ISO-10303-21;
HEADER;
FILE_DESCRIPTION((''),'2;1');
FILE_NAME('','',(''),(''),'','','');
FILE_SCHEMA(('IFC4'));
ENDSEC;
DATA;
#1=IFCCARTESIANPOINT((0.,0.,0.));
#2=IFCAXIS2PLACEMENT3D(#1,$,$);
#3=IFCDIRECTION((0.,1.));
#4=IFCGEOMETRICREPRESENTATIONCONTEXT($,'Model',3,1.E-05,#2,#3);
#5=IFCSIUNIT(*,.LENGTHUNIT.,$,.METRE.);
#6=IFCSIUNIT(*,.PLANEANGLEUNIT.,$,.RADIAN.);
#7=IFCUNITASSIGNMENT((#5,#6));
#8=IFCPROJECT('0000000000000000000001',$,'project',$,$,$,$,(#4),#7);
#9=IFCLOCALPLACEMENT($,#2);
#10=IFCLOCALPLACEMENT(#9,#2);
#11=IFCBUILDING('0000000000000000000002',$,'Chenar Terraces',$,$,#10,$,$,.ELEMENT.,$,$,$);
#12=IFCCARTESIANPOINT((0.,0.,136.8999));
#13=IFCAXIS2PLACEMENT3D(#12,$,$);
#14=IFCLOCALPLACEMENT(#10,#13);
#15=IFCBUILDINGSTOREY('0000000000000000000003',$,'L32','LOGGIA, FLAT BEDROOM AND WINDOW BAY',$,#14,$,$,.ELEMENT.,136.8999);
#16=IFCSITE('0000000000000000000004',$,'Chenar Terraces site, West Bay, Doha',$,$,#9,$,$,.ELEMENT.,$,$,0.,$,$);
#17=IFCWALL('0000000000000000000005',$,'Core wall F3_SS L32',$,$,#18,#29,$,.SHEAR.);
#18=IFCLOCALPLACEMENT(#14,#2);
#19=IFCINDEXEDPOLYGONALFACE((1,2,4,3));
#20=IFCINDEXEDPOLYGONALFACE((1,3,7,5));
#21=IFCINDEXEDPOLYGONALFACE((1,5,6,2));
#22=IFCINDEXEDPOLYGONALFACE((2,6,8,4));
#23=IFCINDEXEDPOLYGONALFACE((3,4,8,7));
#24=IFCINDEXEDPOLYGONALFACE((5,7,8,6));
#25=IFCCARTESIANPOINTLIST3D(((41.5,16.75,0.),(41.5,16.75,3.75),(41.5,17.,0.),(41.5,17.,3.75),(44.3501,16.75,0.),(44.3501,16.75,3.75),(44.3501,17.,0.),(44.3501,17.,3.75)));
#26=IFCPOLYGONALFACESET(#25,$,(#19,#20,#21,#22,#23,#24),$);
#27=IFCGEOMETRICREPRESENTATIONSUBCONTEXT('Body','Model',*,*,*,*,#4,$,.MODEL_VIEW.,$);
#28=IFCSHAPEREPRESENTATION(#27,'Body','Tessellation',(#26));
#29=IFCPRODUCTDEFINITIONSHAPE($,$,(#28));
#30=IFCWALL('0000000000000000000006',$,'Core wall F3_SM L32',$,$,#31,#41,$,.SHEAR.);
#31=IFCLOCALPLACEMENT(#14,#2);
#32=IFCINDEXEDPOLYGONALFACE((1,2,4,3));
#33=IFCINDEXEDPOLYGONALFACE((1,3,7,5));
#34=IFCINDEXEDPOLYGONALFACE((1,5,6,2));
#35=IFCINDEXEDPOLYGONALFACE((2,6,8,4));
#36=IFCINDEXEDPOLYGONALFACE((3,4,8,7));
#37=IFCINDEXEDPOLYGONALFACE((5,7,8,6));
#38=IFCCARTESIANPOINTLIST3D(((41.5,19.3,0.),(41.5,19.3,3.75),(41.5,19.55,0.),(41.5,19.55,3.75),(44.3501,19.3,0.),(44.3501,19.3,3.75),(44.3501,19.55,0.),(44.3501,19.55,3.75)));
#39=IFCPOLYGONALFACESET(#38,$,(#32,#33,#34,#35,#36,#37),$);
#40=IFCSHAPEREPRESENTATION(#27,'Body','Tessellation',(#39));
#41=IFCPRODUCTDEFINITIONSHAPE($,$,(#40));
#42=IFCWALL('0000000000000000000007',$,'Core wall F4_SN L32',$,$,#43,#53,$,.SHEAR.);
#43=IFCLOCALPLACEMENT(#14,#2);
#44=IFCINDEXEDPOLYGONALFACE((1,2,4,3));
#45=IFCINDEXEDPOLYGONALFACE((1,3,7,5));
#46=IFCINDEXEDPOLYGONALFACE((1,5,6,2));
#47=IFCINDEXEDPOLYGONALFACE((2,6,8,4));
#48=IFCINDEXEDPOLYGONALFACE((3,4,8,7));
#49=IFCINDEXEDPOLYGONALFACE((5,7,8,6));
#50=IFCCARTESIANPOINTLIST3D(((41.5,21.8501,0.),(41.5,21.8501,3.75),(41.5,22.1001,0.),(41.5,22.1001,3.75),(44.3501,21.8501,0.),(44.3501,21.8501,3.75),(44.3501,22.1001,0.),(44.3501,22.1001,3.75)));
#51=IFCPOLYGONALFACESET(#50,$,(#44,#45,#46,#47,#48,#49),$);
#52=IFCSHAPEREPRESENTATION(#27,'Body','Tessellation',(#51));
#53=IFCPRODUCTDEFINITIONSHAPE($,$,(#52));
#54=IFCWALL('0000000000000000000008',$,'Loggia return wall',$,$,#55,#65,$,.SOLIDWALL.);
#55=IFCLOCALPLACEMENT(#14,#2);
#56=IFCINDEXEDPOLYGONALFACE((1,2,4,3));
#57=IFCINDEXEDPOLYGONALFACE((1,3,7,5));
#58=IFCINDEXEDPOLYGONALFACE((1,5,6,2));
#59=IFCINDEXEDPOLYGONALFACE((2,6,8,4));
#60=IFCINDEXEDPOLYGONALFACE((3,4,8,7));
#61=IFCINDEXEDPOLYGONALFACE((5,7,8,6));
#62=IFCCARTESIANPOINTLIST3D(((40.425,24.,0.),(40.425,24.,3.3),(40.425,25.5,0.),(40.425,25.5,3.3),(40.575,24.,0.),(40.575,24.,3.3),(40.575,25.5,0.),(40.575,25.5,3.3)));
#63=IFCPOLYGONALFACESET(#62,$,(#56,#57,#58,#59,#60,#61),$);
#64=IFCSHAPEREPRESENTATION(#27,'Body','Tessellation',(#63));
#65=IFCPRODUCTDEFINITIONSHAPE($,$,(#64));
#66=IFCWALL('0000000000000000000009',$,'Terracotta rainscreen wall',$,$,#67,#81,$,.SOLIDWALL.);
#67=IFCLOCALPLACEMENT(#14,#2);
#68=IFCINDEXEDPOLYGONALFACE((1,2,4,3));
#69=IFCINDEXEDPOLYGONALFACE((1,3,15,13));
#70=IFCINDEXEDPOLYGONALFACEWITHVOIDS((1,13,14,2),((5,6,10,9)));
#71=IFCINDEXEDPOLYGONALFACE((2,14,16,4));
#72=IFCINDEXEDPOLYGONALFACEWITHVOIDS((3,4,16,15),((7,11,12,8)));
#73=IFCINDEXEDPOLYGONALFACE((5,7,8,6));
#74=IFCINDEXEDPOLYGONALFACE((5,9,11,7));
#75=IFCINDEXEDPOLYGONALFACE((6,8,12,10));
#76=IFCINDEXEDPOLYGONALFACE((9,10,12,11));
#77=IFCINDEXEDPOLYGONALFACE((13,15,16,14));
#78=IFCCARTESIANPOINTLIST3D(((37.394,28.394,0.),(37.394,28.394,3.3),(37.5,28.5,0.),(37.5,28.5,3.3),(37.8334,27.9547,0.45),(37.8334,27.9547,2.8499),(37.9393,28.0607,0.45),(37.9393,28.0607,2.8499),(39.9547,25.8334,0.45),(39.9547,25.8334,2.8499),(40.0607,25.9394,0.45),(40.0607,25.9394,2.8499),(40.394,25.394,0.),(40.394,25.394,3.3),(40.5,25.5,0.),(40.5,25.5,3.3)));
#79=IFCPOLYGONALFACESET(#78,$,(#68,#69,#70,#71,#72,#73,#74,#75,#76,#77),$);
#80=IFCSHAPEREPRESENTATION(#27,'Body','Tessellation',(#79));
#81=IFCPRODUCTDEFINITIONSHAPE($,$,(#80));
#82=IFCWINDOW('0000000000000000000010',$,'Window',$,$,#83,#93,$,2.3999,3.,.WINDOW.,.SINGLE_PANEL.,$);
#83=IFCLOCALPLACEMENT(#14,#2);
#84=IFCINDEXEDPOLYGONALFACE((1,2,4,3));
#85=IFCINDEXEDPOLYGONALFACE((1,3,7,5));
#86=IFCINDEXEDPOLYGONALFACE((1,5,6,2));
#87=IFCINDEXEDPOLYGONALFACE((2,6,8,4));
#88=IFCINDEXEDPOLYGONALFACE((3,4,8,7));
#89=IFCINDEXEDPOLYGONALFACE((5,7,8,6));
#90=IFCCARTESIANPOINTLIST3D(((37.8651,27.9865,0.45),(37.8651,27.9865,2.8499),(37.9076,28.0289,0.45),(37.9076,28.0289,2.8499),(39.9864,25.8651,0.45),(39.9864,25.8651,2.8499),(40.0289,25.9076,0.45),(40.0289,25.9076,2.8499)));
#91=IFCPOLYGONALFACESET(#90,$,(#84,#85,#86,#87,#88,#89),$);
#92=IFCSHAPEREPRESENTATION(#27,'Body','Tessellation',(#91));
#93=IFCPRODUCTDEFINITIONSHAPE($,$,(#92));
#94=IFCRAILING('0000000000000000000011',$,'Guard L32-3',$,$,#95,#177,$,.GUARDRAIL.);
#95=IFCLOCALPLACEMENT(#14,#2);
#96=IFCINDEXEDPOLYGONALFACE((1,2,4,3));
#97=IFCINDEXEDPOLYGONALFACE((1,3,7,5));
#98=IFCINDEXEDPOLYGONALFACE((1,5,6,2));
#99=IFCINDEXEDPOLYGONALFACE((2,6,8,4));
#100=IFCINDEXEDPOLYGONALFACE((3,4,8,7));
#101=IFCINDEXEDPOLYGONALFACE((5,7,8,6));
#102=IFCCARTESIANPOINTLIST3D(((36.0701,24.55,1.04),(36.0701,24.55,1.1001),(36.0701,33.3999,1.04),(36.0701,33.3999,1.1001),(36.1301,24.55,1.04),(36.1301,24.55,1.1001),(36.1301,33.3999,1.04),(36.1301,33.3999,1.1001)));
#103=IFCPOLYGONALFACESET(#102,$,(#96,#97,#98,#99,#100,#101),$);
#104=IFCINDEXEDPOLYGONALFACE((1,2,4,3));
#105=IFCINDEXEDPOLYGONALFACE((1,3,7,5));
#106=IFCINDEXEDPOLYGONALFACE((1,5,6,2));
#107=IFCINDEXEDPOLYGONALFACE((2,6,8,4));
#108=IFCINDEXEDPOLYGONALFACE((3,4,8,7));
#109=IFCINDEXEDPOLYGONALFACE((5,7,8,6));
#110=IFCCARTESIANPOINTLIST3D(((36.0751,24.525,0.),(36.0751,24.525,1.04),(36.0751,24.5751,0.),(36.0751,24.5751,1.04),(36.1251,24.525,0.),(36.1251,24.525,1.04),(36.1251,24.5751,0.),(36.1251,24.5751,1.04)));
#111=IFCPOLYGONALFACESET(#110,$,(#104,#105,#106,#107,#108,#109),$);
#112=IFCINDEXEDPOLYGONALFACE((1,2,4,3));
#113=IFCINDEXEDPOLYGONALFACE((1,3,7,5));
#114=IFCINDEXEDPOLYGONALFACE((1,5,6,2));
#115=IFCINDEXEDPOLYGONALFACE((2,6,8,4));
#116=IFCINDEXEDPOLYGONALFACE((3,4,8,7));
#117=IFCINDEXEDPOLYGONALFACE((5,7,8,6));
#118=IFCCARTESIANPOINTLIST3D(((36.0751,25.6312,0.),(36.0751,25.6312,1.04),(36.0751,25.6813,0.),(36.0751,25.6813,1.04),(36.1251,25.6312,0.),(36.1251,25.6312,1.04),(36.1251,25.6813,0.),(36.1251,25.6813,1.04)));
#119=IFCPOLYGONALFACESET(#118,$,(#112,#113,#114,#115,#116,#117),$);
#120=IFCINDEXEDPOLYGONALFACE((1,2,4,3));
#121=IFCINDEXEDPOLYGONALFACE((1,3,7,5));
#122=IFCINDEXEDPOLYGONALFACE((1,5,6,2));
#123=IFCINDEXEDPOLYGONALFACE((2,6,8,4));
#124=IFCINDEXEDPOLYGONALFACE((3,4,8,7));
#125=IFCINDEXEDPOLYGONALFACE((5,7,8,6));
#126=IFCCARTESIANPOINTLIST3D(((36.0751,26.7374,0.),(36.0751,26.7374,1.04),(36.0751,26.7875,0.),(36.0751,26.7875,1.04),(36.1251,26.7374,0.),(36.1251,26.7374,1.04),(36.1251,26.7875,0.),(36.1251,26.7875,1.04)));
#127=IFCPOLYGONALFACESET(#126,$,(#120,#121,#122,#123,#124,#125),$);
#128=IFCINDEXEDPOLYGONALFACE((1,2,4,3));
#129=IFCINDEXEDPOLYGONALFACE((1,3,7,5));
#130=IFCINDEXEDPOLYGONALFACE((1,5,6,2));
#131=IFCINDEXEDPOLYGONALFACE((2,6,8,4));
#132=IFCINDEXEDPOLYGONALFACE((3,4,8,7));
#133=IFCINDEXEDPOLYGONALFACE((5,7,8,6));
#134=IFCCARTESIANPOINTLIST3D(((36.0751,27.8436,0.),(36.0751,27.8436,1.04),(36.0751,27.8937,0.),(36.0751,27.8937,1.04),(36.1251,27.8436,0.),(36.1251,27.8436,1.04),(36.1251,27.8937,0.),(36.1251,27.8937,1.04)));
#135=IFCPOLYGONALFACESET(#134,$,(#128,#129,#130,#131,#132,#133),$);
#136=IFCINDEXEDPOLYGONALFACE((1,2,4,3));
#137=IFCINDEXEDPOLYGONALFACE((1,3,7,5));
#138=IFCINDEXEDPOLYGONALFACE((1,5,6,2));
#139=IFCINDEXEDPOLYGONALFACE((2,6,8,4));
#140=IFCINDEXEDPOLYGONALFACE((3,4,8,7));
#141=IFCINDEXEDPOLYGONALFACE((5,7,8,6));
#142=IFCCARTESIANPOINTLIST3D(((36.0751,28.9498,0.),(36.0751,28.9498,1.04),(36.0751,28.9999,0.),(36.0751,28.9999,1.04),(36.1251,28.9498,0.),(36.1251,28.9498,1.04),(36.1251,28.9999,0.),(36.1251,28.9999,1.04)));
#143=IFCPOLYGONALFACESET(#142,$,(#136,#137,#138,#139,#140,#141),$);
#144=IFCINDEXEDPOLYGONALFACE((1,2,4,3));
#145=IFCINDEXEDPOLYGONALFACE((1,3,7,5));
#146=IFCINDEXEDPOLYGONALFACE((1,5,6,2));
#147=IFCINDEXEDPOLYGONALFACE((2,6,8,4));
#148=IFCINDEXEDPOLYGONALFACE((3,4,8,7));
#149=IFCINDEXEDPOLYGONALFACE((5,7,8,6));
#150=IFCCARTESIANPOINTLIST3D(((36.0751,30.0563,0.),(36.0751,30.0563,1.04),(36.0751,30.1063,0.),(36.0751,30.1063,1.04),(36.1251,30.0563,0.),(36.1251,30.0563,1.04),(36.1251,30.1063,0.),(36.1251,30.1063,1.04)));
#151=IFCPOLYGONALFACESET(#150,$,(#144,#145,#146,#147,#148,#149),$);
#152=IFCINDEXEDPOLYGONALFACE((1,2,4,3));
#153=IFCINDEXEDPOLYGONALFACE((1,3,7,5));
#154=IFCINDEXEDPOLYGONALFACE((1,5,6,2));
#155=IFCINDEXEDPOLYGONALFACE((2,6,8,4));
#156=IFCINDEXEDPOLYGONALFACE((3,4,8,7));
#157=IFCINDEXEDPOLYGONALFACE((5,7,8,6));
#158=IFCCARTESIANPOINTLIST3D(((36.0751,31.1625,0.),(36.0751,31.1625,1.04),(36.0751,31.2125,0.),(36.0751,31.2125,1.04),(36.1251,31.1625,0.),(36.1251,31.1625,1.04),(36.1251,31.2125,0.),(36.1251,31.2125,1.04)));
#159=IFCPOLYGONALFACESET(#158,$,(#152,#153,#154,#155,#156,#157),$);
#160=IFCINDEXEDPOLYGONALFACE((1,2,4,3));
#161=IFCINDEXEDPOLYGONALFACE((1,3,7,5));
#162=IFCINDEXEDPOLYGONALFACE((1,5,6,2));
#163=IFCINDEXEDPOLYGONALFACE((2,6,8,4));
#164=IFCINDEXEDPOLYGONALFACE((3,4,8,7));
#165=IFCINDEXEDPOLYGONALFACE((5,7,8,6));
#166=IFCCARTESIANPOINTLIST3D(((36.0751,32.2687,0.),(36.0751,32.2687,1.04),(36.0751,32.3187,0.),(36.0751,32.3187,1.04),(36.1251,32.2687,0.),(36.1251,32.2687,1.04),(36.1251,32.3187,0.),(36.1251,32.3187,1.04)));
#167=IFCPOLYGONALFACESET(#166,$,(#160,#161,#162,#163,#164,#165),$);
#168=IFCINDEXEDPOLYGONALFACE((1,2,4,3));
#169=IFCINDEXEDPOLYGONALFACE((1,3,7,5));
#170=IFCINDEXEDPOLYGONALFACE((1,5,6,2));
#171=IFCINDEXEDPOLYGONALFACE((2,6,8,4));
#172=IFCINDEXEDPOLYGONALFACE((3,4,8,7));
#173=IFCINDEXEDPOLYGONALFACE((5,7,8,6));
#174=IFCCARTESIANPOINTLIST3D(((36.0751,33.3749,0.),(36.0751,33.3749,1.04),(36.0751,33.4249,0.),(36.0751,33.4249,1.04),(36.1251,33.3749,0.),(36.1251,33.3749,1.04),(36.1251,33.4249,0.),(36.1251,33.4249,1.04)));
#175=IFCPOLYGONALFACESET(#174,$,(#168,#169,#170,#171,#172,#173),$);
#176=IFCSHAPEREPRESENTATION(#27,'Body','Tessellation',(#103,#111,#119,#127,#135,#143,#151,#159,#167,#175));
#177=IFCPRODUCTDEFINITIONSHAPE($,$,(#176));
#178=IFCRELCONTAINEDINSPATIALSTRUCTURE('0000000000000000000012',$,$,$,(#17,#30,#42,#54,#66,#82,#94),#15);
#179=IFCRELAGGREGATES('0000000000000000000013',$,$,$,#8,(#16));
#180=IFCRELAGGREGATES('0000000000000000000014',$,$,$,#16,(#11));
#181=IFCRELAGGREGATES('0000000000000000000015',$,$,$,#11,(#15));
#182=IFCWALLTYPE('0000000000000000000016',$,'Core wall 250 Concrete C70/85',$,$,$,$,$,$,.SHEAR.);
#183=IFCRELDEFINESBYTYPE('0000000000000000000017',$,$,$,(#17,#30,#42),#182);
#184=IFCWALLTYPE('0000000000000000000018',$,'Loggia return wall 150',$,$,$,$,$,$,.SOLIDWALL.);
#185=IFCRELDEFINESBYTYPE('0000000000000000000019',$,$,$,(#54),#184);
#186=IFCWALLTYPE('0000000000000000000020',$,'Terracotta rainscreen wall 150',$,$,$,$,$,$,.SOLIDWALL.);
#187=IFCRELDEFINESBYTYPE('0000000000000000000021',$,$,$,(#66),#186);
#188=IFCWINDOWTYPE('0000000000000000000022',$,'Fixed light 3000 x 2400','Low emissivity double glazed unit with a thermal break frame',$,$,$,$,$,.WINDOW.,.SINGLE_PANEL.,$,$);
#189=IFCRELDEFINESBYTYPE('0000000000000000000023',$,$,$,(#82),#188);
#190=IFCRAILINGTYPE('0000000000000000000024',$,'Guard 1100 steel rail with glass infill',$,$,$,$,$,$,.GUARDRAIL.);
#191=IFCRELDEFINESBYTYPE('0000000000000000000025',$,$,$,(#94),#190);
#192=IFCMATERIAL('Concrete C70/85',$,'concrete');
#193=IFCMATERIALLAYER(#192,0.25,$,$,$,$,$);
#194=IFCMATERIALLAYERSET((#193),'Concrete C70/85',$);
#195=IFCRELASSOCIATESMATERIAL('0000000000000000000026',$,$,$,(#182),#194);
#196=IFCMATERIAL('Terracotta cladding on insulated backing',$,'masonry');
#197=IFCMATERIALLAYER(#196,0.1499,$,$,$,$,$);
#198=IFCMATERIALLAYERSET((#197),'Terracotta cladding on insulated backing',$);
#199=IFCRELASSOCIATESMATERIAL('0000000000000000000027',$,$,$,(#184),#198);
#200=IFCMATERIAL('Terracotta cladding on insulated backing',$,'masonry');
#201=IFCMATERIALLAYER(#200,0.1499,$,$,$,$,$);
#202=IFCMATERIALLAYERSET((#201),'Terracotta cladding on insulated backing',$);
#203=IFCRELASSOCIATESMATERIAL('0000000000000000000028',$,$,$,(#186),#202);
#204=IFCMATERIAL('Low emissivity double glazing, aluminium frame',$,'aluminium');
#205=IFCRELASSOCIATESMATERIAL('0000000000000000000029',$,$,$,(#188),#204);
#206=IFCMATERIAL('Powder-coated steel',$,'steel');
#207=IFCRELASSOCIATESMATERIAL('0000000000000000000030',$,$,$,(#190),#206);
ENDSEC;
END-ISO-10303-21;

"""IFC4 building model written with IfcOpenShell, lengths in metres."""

from ifc_helpers import new_model, si_unit, direction, frame, frame_2d, origin, origin_2d, place, context, subcontext, project, spatial, rectangle, extrude, material, layer, layer_set, type_object, element, fill, save


model = new_model("IFC4")

# Units and contexts
model_context = context("Model", 3, precision=1e-05, world=origin(), true_north=direction((0.0, 1.0)))
body_context = subcontext(model_context, "Body", "Model", "MODEL_VIEW")
ifc_project = project(units=[si_unit("LENGTHUNIT", "METRE"), si_unit("PLANEANGLEUNIT", "RADIAN")], contexts=[model_context])

# Site, building, storey
site_placement = place(None, origin())
site = spatial("IfcSite", under=ifc_project, at=site_placement, Name="Chenar Terraces site, West Bay, Doha", CompositionType="ELEMENT", RefElevation=0.0)
building_placement = place(site_placement, origin())
building = spatial("IfcBuilding", under=site, at=building_placement, Name="Chenar Terraces", CompositionType="ELEMENT")
storey_placement = place(building_placement, frame((0.0, 0.0, 136.8999)))
storey = spatial("IfcBuildingStorey", under=building, at=storey_placement, Name="L32", Description="LOGGIA, FLAT BEDROOM AND WINDOW BAY", CompositionType="ELEMENT", Elevation=136.8999)

# Walls
ifc_material_1 = material(Name="Concrete C70/85", Category="concrete")
ifc_layer_1 = layer(ifc_material_1, 0.25)
ifc_layer_set_1 = layer_set([ifc_layer_1], Name="Concrete C70/85")
wall_type_1 = type_object("IfcWallType", Name="Core wall 250 Concrete C70/85", PredefinedType="SHEAR", material=ifc_layer_set_1)
for number, where, z_axis, x_axis, name in (
    (1, (41.5, 16.875, 0.0), (0.0, 0.0, 1.0), (1.0, 0.0, 0.0), "Core wall F3_SS L32"),
    (2, (41.5, 19.425, 0.0), (0.0, 0.0, 1.0), (1.0, 0.0, 0.0), "Core wall F3_SM L32"),
    (3, (41.5, 21.9751, 0.0), (0.0, 0.0, 1.0), (1.0, 0.0, 0.0), "Core wall F4_SN L32"),
):
    element("IfcWall", number, at=place(storey_placement, frame(where, z_axis=z_axis, x_axis=x_axis)), inside=storey, type_object=wall_type_1, Name=name, PredefinedType="SHEAR", context=body_context, shape_type="SweptSolid", body=[
        extrude(rectangle(XDim=2.8501, YDim=0.25, at=frame_2d((1.425, 0.0))), origin(), (0.0, 0.0, 1.0), 3.75),
    ])
ifc_material_2 = material(Name="Terracotta cladding on insulated backing", Category="masonry")
ifc_layer_2 = layer(ifc_material_2, 0.1499)
ifc_layer_set_2 = layer_set([ifc_layer_2], Name="Terracotta cladding on insulated backing")
wall_type_2 = type_object("IfcWallType", Name="Loggia return wall 150", PredefinedType="SOLIDWALL", material=ifc_layer_set_2)
wall_1_placement = place(storey_placement, frame((40.5, 25.5, 0.0), z_axis=(0.0, 0.0, 1.0), x_axis=(0.0, -1.0, 0.0)))
element("IfcWall", 4, at=wall_1_placement, inside=storey, type_object=wall_type_2, Name="Loggia return wall", PredefinedType="SOLIDWALL", context=body_context, shape_type="SweptSolid", body=[
    extrude(rectangle(XDim=1.5, YDim=0.1499, at=frame_2d((0.75, 0.0))), origin(), (0.0, 0.0, 1.0), 3.3),
])

# Wall, opening, window
ifc_material_3 = material(Name="Terracotta cladding on insulated backing", Category="masonry")
ifc_layer_3 = layer(ifc_material_3, 0.1499)
ifc_layer_set_3 = layer_set([ifc_layer_3], Name="Terracotta cladding on insulated backing")
wall_type_3 = type_object("IfcWallType", Name="Terracotta rainscreen wall 150", PredefinedType="SOLIDWALL", material=ifc_layer_set_3)
wall_2_placement = place(storey_placement, frame((40.447, 25.447, 0.0), z_axis=(0.0, 0.0, 1.0), x_axis=(-0.707107, 0.707107, 0.0)))
wall_2 = element("IfcWall", 5, at=wall_2_placement, inside=storey, type_object=wall_type_3, Name="Terracotta rainscreen wall", PredefinedType="SOLIDWALL", context=body_context, shape_type="SweptSolid", body=[
    extrude(rectangle(XDim=4.2427, YDim=0.1499, at=frame_2d((2.1213, 0.0))), origin(), (0.0, 0.0, 1.0), 3.3),
])
opening_1_placement = place(wall_2_placement, frame((0.6213, 0.0, 0.45)))
opening_1 = element("IfcOpeningElement", 6, at=opening_1_placement, cuts=wall_2, PredefinedType="OPENING", context=body_context, shape_type="SweptSolid", body=[
    extrude(rectangle(XDim=3.0, YDim=2.3999, at=frame_2d((1.5, 1.2))), frame((0.0, 0.085, 0.0), z_axis=(0.0, -1.0, 0.0), x_axis=(1.0, 0.0, 0.0)), (0.0, 0.0, 1.0), 0.1699),
])
ifc_material_4 = material(Name="Low emissivity double glazing, aluminium frame", Category="aluminium")
window_type = type_object("IfcWindowType", Name="Fixed light 3000 x 2400", Description="Low emissivity double glazed unit with a thermal break frame", PartitioningType="SINGLE_PANEL", PredefinedType="WINDOW", material=ifc_material_4)
window_placement = place(opening_1_placement, origin())
window = element("IfcWindow", 7, at=window_placement, inside=storey, type_object=window_type, Name="Window", OverallHeight=2.3999, OverallWidth=3.0, PartitioningType="SINGLE_PANEL", PredefinedType="WINDOW", context=body_context, shape_type="SweptSolid", body=[
    extrude(rectangle(XDim=3.0, YDim=2.3999, at=frame_2d((1.5, 1.2))), frame((0.0, 0.03, 0.0), z_axis=(0.0, -1.0, 0.0), x_axis=(1.0, 0.0, 0.0)), (0.0, 0.0, 1.0), 0.0601),
])
fill(opening_1, window)

# Railing
ifc_material_5 = material(Name="Powder-coated steel", Category="steel")
railing_type = type_object("IfcRailingType", Name="Guard 1100 steel rail with glass infill", PredefinedType="GUARDRAIL", material=ifc_material_5)
railing_placement = place(storey_placement, frame((36.1001, 24.55, 0.0)))
element("IfcRailing", 8, at=railing_placement, inside=storey, type_object=railing_type, Name="Guard L32-3", PredefinedType="GUARDRAIL", context=body_context, shape_type="SweptSolid", body=[
    extrude(rectangle(XDim=0.0601, YDim=0.0601, at=origin_2d()), frame((0.0, 0.0, 1.0701), z_axis=(0.0, 1.0, 0.0), x_axis=(-1.0, 0.0, 0.0)), (0.0, 0.0, 1.0), 8.8499),
    extrude(rectangle(XDim=0.05, YDim=0.05, at=origin_2d()), origin(), (0.0, 0.0, 1.0), 1.04),
    extrude(rectangle(XDim=0.05, YDim=0.05, at=origin_2d()), frame((0.0, 1.1062, 0.0)), (0.0, 0.0, 1.0), 1.04),
    extrude(rectangle(XDim=0.05, YDim=0.05, at=origin_2d()), frame((0.0, 2.2124, 0.0)), (0.0, 0.0, 1.0), 1.04),
    extrude(rectangle(XDim=0.05, YDim=0.05, at=origin_2d()), frame((0.0, 3.3186, 0.0)), (0.0, 0.0, 1.0), 1.04),
    extrude(rectangle(XDim=0.05, YDim=0.05, at=origin_2d()), frame((0.0, 4.4248, 0.0)), (0.0, 0.0, 1.0), 1.04),
    extrude(rectangle(XDim=0.05, YDim=0.05, at=origin_2d()), frame((0.0, 5.5312, 0.0)), (0.0, 0.0, 1.0), 1.04),
    extrude(rectangle(XDim=0.05, YDim=0.05, at=origin_2d()), frame((0.0, 6.6375, 0.0)), (0.0, 0.0, 1.0), 1.04),
    extrude(rectangle(XDim=0.05, YDim=0.05, at=origin_2d()), frame((0.0, 7.7437, 0.0)), (0.0, 0.0, 1.0), 1.04),
    extrude(rectangle(XDim=0.05, YDim=0.05, at=origin_2d()), frame((0.0, 8.8499, 0.0)), (0.0, 0.0, 1.0), 1.04),
])

save(model, "model.ifc")
